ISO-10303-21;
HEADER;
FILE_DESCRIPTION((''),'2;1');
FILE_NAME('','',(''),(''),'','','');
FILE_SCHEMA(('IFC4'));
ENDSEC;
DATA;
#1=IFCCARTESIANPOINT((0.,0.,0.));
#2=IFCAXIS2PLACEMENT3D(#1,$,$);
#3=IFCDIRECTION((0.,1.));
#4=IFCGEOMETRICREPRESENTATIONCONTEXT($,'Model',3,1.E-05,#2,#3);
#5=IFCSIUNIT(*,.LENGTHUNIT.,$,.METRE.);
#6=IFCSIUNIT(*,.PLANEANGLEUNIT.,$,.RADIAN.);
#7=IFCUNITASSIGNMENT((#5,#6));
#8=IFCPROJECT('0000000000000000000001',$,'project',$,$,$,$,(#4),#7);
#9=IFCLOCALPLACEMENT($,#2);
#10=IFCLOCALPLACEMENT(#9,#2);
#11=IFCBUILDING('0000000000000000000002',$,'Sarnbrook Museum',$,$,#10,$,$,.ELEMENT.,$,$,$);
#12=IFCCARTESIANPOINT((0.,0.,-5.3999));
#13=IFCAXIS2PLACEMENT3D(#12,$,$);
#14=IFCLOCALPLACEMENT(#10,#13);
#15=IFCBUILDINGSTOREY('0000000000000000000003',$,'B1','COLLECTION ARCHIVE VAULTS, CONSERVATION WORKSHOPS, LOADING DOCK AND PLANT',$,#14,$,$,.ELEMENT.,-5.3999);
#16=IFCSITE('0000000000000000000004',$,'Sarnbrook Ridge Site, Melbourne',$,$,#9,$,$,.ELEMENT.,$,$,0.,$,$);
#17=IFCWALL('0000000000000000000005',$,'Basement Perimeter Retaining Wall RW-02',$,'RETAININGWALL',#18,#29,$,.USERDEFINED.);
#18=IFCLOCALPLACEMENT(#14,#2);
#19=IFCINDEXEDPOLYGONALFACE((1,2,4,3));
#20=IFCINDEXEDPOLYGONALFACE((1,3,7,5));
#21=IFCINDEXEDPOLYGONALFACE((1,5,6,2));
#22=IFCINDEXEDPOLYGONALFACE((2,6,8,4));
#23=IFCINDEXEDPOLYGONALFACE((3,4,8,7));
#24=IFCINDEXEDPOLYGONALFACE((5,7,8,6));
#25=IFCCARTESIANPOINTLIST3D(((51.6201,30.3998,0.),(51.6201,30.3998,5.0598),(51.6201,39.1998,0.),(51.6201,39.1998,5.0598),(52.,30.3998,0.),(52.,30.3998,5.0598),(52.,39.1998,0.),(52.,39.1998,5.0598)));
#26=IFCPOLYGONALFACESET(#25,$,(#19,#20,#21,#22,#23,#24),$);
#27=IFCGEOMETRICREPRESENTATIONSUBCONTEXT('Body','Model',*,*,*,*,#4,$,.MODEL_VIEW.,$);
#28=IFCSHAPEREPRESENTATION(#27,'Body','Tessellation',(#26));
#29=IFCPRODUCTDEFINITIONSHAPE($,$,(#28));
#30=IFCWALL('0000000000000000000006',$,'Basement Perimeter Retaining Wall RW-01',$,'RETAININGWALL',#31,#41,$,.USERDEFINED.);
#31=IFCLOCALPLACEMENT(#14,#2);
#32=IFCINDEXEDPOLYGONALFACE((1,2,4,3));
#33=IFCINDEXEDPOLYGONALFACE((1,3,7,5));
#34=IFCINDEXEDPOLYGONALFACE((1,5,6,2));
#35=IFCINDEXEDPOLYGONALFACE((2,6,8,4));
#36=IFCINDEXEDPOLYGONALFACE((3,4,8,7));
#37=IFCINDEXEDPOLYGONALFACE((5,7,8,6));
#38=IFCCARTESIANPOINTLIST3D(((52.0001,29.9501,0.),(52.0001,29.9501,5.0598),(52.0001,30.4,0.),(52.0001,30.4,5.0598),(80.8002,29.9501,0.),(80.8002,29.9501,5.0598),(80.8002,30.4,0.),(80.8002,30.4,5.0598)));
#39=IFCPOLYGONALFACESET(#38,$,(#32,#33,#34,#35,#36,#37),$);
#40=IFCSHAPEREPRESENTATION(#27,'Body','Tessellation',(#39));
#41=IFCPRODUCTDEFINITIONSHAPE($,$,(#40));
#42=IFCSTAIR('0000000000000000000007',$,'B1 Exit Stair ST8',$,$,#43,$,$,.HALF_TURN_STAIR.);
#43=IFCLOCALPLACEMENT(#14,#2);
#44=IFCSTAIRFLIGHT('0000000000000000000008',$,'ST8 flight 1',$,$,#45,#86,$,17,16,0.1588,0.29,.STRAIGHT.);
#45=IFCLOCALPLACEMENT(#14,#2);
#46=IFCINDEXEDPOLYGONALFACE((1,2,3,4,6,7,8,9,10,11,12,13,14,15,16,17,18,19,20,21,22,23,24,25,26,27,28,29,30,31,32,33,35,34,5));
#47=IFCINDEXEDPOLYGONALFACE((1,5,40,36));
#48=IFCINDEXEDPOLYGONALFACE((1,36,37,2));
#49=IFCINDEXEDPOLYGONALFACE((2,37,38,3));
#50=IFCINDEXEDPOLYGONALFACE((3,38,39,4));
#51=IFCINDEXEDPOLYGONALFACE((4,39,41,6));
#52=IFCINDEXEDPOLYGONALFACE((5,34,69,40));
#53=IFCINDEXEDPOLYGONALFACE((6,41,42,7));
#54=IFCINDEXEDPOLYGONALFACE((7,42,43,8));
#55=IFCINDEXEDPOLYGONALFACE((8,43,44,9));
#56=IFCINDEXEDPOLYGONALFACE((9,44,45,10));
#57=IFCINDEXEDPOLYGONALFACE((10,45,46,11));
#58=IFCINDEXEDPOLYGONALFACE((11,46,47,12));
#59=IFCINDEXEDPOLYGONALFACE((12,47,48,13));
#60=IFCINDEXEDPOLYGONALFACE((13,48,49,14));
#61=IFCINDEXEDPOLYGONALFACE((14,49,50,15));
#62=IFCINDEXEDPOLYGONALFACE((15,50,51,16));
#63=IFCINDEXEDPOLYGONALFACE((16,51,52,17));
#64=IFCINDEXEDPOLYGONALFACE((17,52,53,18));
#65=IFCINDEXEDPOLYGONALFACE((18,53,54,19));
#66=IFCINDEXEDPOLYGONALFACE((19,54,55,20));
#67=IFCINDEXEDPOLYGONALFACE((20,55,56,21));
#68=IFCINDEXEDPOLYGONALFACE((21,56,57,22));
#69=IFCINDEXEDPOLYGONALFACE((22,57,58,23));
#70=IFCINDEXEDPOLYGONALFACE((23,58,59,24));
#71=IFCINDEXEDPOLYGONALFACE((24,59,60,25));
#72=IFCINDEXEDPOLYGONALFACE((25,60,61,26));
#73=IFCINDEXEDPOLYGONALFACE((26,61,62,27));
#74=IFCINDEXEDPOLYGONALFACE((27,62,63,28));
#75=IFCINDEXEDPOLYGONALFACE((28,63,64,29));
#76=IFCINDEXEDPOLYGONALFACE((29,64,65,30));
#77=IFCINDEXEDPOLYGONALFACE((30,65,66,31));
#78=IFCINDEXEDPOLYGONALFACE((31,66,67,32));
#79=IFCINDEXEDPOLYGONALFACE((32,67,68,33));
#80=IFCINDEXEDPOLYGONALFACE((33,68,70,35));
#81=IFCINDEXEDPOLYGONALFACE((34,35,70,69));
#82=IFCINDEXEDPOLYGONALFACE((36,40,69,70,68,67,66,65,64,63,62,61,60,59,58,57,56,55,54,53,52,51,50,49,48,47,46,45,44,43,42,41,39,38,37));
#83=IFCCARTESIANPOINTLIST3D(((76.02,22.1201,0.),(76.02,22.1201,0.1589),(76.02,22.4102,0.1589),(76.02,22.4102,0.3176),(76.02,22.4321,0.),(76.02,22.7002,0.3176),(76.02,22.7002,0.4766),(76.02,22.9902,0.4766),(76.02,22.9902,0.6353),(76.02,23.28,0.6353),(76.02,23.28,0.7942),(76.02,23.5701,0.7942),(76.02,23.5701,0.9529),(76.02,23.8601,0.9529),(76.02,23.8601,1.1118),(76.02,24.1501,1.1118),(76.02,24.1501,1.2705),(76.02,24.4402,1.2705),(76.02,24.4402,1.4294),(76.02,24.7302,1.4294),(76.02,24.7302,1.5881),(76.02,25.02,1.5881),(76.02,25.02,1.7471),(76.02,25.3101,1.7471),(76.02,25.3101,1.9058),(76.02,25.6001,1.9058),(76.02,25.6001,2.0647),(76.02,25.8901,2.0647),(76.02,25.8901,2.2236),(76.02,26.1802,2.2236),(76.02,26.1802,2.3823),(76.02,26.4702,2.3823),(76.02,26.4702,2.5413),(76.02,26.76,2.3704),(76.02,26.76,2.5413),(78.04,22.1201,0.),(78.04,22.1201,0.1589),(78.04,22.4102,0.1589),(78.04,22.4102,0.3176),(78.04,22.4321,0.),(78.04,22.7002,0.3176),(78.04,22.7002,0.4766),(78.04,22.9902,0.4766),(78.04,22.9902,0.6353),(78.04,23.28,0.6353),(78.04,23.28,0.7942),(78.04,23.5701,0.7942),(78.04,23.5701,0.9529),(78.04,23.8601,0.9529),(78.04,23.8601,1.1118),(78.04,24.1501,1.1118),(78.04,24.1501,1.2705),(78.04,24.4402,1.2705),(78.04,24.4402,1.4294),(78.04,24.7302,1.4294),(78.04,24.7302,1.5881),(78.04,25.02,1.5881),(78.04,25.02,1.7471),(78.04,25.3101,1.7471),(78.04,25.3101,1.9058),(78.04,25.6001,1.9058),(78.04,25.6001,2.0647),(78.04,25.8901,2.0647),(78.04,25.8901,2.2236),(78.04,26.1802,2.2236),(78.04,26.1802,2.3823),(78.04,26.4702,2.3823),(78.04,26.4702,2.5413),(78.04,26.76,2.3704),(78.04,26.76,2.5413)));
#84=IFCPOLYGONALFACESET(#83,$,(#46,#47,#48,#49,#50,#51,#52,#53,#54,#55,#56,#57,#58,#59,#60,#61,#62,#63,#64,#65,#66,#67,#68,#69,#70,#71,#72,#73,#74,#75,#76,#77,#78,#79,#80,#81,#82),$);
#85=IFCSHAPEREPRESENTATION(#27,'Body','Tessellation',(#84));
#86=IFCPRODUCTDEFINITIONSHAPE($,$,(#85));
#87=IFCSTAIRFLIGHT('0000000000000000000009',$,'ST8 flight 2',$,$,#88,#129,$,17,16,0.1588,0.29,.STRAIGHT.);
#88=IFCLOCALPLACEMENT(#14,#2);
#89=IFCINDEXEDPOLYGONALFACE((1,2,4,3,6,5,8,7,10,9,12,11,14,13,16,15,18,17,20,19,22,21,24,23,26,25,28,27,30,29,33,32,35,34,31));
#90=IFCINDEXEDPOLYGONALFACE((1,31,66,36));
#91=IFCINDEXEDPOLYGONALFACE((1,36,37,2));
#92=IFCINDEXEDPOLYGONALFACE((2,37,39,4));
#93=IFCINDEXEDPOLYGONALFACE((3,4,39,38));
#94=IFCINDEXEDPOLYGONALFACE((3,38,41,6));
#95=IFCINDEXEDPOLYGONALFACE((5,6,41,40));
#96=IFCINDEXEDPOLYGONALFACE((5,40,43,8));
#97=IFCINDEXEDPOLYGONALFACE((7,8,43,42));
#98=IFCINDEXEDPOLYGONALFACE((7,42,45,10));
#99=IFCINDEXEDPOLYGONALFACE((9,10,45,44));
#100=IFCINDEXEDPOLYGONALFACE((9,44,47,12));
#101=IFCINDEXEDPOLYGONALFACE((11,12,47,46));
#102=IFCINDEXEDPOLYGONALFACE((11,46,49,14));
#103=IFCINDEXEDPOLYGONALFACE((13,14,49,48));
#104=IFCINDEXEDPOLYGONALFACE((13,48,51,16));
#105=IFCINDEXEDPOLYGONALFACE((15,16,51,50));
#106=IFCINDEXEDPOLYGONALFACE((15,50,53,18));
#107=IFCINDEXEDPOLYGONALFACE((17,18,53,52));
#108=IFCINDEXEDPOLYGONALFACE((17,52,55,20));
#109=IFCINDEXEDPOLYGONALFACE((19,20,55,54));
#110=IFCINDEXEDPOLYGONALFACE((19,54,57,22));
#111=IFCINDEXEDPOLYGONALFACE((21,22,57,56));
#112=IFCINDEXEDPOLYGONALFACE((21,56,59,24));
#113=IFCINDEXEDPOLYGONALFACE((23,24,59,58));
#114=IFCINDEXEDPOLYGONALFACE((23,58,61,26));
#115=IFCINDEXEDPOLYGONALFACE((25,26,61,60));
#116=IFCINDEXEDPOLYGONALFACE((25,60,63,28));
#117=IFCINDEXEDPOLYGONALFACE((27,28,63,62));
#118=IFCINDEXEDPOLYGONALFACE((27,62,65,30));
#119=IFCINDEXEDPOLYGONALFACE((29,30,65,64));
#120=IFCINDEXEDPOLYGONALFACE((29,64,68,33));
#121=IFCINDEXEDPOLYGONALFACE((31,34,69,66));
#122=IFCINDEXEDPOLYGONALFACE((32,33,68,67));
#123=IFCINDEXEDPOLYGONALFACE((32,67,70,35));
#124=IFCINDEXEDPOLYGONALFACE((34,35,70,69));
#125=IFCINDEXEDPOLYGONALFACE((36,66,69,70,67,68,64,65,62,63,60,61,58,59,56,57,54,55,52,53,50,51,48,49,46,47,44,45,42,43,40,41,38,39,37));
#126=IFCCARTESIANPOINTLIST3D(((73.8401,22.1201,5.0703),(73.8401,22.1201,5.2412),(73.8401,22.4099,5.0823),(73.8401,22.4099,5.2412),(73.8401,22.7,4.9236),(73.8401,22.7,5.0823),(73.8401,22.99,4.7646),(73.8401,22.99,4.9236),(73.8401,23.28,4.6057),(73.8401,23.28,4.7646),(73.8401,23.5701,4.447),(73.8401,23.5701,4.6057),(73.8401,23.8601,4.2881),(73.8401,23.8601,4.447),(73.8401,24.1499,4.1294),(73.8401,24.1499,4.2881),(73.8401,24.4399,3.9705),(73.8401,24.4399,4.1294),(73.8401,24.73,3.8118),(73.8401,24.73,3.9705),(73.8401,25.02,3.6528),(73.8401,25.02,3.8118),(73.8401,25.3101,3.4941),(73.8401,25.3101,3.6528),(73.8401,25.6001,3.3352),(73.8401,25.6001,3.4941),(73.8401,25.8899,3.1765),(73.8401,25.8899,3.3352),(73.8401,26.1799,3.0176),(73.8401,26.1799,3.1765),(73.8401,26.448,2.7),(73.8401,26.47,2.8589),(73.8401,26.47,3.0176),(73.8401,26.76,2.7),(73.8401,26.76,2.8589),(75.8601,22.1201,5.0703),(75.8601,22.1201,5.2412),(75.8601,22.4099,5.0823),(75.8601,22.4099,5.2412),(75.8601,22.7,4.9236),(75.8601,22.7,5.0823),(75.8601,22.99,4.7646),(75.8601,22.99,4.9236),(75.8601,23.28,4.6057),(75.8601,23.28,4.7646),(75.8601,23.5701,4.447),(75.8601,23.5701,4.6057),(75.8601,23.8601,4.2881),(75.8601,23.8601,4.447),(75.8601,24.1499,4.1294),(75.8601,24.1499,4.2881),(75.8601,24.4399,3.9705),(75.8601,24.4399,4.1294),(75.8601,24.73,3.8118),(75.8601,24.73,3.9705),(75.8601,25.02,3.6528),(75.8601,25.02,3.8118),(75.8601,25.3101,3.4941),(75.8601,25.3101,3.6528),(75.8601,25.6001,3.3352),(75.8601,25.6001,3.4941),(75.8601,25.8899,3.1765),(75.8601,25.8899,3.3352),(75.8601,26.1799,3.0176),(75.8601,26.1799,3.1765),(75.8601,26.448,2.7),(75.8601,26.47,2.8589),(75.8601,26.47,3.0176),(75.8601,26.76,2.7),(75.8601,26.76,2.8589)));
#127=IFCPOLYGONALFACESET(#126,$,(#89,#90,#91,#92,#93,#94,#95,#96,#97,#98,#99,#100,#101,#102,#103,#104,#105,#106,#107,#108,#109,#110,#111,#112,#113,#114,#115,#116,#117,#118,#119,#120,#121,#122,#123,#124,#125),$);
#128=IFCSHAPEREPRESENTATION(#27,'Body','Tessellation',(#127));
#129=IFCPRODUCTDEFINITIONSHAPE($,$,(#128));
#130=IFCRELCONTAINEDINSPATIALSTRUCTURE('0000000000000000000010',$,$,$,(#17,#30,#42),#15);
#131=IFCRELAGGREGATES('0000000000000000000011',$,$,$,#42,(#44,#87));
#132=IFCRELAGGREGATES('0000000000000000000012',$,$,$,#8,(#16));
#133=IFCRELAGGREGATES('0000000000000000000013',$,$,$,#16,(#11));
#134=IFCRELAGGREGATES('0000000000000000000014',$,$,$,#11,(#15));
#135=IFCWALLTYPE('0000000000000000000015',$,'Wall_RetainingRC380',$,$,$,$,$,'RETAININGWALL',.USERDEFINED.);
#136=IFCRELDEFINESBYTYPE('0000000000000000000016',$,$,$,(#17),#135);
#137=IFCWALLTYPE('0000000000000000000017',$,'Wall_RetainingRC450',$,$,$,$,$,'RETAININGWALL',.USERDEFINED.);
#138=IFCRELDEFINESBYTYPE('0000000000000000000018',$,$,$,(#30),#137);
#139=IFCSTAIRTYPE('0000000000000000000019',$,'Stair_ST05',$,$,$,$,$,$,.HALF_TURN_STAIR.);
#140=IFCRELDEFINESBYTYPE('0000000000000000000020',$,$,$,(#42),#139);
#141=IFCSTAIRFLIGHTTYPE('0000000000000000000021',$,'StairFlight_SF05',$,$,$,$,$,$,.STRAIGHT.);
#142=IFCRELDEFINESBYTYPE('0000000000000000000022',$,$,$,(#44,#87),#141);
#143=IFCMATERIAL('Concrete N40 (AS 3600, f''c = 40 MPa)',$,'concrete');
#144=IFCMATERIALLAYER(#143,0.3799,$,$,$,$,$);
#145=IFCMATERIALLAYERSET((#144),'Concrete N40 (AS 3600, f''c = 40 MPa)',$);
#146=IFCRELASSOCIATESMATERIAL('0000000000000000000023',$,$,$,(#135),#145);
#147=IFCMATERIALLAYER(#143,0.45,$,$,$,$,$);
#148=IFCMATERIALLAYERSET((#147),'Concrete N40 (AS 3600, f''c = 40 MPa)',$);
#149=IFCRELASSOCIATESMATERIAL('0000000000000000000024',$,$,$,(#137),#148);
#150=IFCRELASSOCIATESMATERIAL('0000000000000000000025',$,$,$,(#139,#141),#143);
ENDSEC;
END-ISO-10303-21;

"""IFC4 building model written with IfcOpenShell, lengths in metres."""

from ifc_helpers import new_model, si_unit, direction, frame, frame_2d, origin, place, context, subcontext, project, spatial, polyline, rectangle, outline, extrude, material, layer, layer_set, type_object, element, aggregate, save


model = new_model("IFC4")

# Units and contexts
model_context = context("Model", 3, precision=1e-05, world=origin(), true_north=direction((0.0, 1.0)))
body_context = subcontext(model_context, "Body", "Model", "MODEL_VIEW")
ifc_project = project(units=[si_unit("LENGTHUNIT", "METRE"), si_unit("PLANEANGLEUNIT", "RADIAN")], contexts=[model_context])

# Site, building, storey
site_placement = place(None, origin())
site = spatial("IfcSite", under=ifc_project, at=site_placement, Name="Sarnbrook Ridge Site, Melbourne", CompositionType="ELEMENT", RefElevation=0.0)
building_placement = place(site_placement, origin())
building = spatial("IfcBuilding", under=site, at=building_placement, Name="Sarnbrook Museum", CompositionType="ELEMENT")
storey_placement = place(building_placement, frame((0.0, 0.0, -5.3999)))
storey = spatial("IfcBuildingStorey", under=building, at=storey_placement, Name="B1", Description="COLLECTION ARCHIVE VAULTS, CONSERVATION WORKSHOPS, LOADING DOCK AND PLANT", CompositionType="ELEMENT", Elevation=-5.3999)

# Shared definitions
ifc_material_1 = material(Name="Concrete N40 (AS 3600, f'c = 40 MPa)", Category="concrete")

# Walls
ifc_layer_1 = layer(ifc_material_1, 0.3799)
ifc_layer_set_1 = layer_set([ifc_layer_1], Name="Concrete N40 (AS 3600, f'c = 40 MPa)")
wall_type_1 = type_object("IfcWallType", Name="Wall_RetainingRC380", ElementType="RETAININGWALL", PredefinedType="USERDEFINED", material=ifc_layer_set_1)
wall_1_placement = place(storey_placement, frame((51.8101, 30.3999, 0.0), z_axis=(0.0, 0.0, 1.0), x_axis=(0.0, 1.0, 0.0)))
element("IfcWall", 1, at=wall_1_placement, inside=storey, type_object=wall_type_1, Name="Basement Perimeter Retaining Wall RW-02", ObjectType="RETAININGWALL", PredefinedType="USERDEFINED", context=body_context, shape_type="SweptSolid", body=[
    extrude(rectangle(XDim=8.8, YDim=0.3799, at=frame_2d((4.3999, 0.0))), origin(), (0.0, 0.0, 1.0), 5.0598),
])
ifc_layer_2 = layer(ifc_material_1, 0.45)
ifc_layer_set_2 = layer_set([ifc_layer_2], Name="Concrete N40 (AS 3600, f'c = 40 MPa)")
wall_type_2 = type_object("IfcWallType", Name="Wall_RetainingRC450", ElementType="RETAININGWALL", PredefinedType="USERDEFINED", material=ifc_layer_set_2)
wall_2_placement = place(storey_placement, frame((80.8, 30.175, 0.0), z_axis=(0.0, 0.0, 1.0), x_axis=(-1.0, 0.0, 0.0)))
element("IfcWall", 2, at=wall_2_placement, inside=storey, type_object=wall_type_2, Name="Basement Perimeter Retaining Wall RW-01", ObjectType="RETAININGWALL", PredefinedType="USERDEFINED", context=body_context, shape_type="SweptSolid", body=[
    extrude(rectangle(XDim=28.8, YDim=0.45, at=frame_2d((14.3999, 0.0))), origin(), (0.0, 0.0, 1.0), 5.0598),
])

# Stair, stair flights
stair_type = type_object("IfcStairType", Name="Stair_ST05", PredefinedType="HALF_TURN_STAIR", material=ifc_material_1)
stair_placement = place(storey_placement, origin())
stair = element("IfcStair", 3, at=stair_placement, inside=storey, type_object=stair_type, Name="B1 Exit Stair ST8", PredefinedType="HALF_TURN_STAIR")
stair_flight_type = type_object("IfcStairFlightType", Name="StairFlight_SF05", PredefinedType="STRAIGHT", material=ifc_material_1)
stair_flight_1_placement = place(storey_placement, frame((77.03, 22.1201, 0.0), z_axis=(0.0, 0.0, 1.0), x_axis=(0.0, 1.0, 0.0)))
stair_flight_1 = element("IfcStairFlight", 4, at=stair_flight_1_placement, type_object=stair_flight_type, Name="ST8 flight 1", NumberOfRisers=17, NumberOfTreads=16, PredefinedType="STRAIGHT", RiserHeight=0.1588, TreadLength=0.29, context=body_context, shape_type="SweptSolid", body=[
    extrude(outline(polyline([(0.0, 0.0), (0.0, 0.1589), (0.29, 0.1589), (0.29, 0.3176), (0.5801, 0.3176), (0.5801, 0.4766), (0.8701, 0.4766), (0.8701, 0.6353), (1.1599, 0.6353), (1.1599, 0.7942), (1.45, 0.7942), (1.45, 0.9529), (1.74, 0.9529), (1.74, 1.1118), (2.03, 1.1118), (2.03, 1.2705), (2.3201, 1.2705), (2.3201, 1.4294), (2.6101, 1.4294), (2.6101, 1.5881), (2.8999, 1.5881), (2.8999, 1.7471), (3.1899, 1.7471), (3.1899, 1.9058), (3.48, 1.9058), (3.48, 2.0647), (3.77, 2.0647), (3.77, 2.2236), (4.0601, 2.2236), (4.0601, 2.3823), (4.3501, 2.3823), (4.3501, 2.5413), (4.6399, 2.5413), (4.6399, 2.7), (4.6399, 2.3704), (0.312, 0.0), (0.0, 0.0)])), frame((0.0, 1.01, 0.0), z_axis=(0.0, -1.0, 0.0), x_axis=(1.0, 0.0, 0.0)), (0.0, 0.0, 1.0), 2.02),
])
stair_flight_2_placement = place(storey_placement, frame((74.8501, 26.76, 2.7), z_axis=(0.0, 0.0, 1.0), x_axis=(0.0, -1.0, 0.0)))
stair_flight_2 = element("IfcStairFlight", 5, at=stair_flight_2_placement, type_object=stair_flight_type, Name="ST8 flight 2", NumberOfRisers=17, NumberOfTreads=16, PredefinedType="STRAIGHT", RiserHeight=0.1588, TreadLength=0.29, context=body_context, shape_type="SweptSolid", body=[
    extrude(outline(polyline([(0.0, 0.0), (0.0, 0.1589), (0.29, 0.1589), (0.29, 0.3176), (0.5801, 0.3176), (0.5801, 0.4766), (0.8701, 0.4766), (0.8701, 0.6353), (1.1599, 0.6353), (1.1599, 0.7942), (1.45, 0.7942), (1.45, 0.9529), (1.74, 0.9529), (1.74, 1.1118), (2.03, 1.1118), (2.03, 1.2705), (2.3201, 1.2705), (2.3201, 1.4294), (2.6101, 1.4294), (2.6101, 1.5881), (2.8999, 1.5881), (2.8999, 1.7471), (3.1899, 1.7471), (3.1899, 1.9058), (3.48, 1.9058), (3.48, 2.0647), (3.77, 2.0647), (3.77, 2.2236), (4.0601, 2.2236), (4.0601, 2.3823), (4.3501, 2.3823), (4.3501, 2.5413), (4.6399, 2.5413), (4.6399, 2.7), (4.6399, 2.3704), (0.312, 0.0), (0.0, 0.0)])), frame((0.0, 1.01, 0.0), z_axis=(0.0, -1.0, 0.0), x_axis=(1.0, 0.0, 0.0)), (0.0, 0.0, 1.0), 2.02),
])
aggregate(stair, [stair_flight_1, stair_flight_2])

save(model, "model.ifc")
